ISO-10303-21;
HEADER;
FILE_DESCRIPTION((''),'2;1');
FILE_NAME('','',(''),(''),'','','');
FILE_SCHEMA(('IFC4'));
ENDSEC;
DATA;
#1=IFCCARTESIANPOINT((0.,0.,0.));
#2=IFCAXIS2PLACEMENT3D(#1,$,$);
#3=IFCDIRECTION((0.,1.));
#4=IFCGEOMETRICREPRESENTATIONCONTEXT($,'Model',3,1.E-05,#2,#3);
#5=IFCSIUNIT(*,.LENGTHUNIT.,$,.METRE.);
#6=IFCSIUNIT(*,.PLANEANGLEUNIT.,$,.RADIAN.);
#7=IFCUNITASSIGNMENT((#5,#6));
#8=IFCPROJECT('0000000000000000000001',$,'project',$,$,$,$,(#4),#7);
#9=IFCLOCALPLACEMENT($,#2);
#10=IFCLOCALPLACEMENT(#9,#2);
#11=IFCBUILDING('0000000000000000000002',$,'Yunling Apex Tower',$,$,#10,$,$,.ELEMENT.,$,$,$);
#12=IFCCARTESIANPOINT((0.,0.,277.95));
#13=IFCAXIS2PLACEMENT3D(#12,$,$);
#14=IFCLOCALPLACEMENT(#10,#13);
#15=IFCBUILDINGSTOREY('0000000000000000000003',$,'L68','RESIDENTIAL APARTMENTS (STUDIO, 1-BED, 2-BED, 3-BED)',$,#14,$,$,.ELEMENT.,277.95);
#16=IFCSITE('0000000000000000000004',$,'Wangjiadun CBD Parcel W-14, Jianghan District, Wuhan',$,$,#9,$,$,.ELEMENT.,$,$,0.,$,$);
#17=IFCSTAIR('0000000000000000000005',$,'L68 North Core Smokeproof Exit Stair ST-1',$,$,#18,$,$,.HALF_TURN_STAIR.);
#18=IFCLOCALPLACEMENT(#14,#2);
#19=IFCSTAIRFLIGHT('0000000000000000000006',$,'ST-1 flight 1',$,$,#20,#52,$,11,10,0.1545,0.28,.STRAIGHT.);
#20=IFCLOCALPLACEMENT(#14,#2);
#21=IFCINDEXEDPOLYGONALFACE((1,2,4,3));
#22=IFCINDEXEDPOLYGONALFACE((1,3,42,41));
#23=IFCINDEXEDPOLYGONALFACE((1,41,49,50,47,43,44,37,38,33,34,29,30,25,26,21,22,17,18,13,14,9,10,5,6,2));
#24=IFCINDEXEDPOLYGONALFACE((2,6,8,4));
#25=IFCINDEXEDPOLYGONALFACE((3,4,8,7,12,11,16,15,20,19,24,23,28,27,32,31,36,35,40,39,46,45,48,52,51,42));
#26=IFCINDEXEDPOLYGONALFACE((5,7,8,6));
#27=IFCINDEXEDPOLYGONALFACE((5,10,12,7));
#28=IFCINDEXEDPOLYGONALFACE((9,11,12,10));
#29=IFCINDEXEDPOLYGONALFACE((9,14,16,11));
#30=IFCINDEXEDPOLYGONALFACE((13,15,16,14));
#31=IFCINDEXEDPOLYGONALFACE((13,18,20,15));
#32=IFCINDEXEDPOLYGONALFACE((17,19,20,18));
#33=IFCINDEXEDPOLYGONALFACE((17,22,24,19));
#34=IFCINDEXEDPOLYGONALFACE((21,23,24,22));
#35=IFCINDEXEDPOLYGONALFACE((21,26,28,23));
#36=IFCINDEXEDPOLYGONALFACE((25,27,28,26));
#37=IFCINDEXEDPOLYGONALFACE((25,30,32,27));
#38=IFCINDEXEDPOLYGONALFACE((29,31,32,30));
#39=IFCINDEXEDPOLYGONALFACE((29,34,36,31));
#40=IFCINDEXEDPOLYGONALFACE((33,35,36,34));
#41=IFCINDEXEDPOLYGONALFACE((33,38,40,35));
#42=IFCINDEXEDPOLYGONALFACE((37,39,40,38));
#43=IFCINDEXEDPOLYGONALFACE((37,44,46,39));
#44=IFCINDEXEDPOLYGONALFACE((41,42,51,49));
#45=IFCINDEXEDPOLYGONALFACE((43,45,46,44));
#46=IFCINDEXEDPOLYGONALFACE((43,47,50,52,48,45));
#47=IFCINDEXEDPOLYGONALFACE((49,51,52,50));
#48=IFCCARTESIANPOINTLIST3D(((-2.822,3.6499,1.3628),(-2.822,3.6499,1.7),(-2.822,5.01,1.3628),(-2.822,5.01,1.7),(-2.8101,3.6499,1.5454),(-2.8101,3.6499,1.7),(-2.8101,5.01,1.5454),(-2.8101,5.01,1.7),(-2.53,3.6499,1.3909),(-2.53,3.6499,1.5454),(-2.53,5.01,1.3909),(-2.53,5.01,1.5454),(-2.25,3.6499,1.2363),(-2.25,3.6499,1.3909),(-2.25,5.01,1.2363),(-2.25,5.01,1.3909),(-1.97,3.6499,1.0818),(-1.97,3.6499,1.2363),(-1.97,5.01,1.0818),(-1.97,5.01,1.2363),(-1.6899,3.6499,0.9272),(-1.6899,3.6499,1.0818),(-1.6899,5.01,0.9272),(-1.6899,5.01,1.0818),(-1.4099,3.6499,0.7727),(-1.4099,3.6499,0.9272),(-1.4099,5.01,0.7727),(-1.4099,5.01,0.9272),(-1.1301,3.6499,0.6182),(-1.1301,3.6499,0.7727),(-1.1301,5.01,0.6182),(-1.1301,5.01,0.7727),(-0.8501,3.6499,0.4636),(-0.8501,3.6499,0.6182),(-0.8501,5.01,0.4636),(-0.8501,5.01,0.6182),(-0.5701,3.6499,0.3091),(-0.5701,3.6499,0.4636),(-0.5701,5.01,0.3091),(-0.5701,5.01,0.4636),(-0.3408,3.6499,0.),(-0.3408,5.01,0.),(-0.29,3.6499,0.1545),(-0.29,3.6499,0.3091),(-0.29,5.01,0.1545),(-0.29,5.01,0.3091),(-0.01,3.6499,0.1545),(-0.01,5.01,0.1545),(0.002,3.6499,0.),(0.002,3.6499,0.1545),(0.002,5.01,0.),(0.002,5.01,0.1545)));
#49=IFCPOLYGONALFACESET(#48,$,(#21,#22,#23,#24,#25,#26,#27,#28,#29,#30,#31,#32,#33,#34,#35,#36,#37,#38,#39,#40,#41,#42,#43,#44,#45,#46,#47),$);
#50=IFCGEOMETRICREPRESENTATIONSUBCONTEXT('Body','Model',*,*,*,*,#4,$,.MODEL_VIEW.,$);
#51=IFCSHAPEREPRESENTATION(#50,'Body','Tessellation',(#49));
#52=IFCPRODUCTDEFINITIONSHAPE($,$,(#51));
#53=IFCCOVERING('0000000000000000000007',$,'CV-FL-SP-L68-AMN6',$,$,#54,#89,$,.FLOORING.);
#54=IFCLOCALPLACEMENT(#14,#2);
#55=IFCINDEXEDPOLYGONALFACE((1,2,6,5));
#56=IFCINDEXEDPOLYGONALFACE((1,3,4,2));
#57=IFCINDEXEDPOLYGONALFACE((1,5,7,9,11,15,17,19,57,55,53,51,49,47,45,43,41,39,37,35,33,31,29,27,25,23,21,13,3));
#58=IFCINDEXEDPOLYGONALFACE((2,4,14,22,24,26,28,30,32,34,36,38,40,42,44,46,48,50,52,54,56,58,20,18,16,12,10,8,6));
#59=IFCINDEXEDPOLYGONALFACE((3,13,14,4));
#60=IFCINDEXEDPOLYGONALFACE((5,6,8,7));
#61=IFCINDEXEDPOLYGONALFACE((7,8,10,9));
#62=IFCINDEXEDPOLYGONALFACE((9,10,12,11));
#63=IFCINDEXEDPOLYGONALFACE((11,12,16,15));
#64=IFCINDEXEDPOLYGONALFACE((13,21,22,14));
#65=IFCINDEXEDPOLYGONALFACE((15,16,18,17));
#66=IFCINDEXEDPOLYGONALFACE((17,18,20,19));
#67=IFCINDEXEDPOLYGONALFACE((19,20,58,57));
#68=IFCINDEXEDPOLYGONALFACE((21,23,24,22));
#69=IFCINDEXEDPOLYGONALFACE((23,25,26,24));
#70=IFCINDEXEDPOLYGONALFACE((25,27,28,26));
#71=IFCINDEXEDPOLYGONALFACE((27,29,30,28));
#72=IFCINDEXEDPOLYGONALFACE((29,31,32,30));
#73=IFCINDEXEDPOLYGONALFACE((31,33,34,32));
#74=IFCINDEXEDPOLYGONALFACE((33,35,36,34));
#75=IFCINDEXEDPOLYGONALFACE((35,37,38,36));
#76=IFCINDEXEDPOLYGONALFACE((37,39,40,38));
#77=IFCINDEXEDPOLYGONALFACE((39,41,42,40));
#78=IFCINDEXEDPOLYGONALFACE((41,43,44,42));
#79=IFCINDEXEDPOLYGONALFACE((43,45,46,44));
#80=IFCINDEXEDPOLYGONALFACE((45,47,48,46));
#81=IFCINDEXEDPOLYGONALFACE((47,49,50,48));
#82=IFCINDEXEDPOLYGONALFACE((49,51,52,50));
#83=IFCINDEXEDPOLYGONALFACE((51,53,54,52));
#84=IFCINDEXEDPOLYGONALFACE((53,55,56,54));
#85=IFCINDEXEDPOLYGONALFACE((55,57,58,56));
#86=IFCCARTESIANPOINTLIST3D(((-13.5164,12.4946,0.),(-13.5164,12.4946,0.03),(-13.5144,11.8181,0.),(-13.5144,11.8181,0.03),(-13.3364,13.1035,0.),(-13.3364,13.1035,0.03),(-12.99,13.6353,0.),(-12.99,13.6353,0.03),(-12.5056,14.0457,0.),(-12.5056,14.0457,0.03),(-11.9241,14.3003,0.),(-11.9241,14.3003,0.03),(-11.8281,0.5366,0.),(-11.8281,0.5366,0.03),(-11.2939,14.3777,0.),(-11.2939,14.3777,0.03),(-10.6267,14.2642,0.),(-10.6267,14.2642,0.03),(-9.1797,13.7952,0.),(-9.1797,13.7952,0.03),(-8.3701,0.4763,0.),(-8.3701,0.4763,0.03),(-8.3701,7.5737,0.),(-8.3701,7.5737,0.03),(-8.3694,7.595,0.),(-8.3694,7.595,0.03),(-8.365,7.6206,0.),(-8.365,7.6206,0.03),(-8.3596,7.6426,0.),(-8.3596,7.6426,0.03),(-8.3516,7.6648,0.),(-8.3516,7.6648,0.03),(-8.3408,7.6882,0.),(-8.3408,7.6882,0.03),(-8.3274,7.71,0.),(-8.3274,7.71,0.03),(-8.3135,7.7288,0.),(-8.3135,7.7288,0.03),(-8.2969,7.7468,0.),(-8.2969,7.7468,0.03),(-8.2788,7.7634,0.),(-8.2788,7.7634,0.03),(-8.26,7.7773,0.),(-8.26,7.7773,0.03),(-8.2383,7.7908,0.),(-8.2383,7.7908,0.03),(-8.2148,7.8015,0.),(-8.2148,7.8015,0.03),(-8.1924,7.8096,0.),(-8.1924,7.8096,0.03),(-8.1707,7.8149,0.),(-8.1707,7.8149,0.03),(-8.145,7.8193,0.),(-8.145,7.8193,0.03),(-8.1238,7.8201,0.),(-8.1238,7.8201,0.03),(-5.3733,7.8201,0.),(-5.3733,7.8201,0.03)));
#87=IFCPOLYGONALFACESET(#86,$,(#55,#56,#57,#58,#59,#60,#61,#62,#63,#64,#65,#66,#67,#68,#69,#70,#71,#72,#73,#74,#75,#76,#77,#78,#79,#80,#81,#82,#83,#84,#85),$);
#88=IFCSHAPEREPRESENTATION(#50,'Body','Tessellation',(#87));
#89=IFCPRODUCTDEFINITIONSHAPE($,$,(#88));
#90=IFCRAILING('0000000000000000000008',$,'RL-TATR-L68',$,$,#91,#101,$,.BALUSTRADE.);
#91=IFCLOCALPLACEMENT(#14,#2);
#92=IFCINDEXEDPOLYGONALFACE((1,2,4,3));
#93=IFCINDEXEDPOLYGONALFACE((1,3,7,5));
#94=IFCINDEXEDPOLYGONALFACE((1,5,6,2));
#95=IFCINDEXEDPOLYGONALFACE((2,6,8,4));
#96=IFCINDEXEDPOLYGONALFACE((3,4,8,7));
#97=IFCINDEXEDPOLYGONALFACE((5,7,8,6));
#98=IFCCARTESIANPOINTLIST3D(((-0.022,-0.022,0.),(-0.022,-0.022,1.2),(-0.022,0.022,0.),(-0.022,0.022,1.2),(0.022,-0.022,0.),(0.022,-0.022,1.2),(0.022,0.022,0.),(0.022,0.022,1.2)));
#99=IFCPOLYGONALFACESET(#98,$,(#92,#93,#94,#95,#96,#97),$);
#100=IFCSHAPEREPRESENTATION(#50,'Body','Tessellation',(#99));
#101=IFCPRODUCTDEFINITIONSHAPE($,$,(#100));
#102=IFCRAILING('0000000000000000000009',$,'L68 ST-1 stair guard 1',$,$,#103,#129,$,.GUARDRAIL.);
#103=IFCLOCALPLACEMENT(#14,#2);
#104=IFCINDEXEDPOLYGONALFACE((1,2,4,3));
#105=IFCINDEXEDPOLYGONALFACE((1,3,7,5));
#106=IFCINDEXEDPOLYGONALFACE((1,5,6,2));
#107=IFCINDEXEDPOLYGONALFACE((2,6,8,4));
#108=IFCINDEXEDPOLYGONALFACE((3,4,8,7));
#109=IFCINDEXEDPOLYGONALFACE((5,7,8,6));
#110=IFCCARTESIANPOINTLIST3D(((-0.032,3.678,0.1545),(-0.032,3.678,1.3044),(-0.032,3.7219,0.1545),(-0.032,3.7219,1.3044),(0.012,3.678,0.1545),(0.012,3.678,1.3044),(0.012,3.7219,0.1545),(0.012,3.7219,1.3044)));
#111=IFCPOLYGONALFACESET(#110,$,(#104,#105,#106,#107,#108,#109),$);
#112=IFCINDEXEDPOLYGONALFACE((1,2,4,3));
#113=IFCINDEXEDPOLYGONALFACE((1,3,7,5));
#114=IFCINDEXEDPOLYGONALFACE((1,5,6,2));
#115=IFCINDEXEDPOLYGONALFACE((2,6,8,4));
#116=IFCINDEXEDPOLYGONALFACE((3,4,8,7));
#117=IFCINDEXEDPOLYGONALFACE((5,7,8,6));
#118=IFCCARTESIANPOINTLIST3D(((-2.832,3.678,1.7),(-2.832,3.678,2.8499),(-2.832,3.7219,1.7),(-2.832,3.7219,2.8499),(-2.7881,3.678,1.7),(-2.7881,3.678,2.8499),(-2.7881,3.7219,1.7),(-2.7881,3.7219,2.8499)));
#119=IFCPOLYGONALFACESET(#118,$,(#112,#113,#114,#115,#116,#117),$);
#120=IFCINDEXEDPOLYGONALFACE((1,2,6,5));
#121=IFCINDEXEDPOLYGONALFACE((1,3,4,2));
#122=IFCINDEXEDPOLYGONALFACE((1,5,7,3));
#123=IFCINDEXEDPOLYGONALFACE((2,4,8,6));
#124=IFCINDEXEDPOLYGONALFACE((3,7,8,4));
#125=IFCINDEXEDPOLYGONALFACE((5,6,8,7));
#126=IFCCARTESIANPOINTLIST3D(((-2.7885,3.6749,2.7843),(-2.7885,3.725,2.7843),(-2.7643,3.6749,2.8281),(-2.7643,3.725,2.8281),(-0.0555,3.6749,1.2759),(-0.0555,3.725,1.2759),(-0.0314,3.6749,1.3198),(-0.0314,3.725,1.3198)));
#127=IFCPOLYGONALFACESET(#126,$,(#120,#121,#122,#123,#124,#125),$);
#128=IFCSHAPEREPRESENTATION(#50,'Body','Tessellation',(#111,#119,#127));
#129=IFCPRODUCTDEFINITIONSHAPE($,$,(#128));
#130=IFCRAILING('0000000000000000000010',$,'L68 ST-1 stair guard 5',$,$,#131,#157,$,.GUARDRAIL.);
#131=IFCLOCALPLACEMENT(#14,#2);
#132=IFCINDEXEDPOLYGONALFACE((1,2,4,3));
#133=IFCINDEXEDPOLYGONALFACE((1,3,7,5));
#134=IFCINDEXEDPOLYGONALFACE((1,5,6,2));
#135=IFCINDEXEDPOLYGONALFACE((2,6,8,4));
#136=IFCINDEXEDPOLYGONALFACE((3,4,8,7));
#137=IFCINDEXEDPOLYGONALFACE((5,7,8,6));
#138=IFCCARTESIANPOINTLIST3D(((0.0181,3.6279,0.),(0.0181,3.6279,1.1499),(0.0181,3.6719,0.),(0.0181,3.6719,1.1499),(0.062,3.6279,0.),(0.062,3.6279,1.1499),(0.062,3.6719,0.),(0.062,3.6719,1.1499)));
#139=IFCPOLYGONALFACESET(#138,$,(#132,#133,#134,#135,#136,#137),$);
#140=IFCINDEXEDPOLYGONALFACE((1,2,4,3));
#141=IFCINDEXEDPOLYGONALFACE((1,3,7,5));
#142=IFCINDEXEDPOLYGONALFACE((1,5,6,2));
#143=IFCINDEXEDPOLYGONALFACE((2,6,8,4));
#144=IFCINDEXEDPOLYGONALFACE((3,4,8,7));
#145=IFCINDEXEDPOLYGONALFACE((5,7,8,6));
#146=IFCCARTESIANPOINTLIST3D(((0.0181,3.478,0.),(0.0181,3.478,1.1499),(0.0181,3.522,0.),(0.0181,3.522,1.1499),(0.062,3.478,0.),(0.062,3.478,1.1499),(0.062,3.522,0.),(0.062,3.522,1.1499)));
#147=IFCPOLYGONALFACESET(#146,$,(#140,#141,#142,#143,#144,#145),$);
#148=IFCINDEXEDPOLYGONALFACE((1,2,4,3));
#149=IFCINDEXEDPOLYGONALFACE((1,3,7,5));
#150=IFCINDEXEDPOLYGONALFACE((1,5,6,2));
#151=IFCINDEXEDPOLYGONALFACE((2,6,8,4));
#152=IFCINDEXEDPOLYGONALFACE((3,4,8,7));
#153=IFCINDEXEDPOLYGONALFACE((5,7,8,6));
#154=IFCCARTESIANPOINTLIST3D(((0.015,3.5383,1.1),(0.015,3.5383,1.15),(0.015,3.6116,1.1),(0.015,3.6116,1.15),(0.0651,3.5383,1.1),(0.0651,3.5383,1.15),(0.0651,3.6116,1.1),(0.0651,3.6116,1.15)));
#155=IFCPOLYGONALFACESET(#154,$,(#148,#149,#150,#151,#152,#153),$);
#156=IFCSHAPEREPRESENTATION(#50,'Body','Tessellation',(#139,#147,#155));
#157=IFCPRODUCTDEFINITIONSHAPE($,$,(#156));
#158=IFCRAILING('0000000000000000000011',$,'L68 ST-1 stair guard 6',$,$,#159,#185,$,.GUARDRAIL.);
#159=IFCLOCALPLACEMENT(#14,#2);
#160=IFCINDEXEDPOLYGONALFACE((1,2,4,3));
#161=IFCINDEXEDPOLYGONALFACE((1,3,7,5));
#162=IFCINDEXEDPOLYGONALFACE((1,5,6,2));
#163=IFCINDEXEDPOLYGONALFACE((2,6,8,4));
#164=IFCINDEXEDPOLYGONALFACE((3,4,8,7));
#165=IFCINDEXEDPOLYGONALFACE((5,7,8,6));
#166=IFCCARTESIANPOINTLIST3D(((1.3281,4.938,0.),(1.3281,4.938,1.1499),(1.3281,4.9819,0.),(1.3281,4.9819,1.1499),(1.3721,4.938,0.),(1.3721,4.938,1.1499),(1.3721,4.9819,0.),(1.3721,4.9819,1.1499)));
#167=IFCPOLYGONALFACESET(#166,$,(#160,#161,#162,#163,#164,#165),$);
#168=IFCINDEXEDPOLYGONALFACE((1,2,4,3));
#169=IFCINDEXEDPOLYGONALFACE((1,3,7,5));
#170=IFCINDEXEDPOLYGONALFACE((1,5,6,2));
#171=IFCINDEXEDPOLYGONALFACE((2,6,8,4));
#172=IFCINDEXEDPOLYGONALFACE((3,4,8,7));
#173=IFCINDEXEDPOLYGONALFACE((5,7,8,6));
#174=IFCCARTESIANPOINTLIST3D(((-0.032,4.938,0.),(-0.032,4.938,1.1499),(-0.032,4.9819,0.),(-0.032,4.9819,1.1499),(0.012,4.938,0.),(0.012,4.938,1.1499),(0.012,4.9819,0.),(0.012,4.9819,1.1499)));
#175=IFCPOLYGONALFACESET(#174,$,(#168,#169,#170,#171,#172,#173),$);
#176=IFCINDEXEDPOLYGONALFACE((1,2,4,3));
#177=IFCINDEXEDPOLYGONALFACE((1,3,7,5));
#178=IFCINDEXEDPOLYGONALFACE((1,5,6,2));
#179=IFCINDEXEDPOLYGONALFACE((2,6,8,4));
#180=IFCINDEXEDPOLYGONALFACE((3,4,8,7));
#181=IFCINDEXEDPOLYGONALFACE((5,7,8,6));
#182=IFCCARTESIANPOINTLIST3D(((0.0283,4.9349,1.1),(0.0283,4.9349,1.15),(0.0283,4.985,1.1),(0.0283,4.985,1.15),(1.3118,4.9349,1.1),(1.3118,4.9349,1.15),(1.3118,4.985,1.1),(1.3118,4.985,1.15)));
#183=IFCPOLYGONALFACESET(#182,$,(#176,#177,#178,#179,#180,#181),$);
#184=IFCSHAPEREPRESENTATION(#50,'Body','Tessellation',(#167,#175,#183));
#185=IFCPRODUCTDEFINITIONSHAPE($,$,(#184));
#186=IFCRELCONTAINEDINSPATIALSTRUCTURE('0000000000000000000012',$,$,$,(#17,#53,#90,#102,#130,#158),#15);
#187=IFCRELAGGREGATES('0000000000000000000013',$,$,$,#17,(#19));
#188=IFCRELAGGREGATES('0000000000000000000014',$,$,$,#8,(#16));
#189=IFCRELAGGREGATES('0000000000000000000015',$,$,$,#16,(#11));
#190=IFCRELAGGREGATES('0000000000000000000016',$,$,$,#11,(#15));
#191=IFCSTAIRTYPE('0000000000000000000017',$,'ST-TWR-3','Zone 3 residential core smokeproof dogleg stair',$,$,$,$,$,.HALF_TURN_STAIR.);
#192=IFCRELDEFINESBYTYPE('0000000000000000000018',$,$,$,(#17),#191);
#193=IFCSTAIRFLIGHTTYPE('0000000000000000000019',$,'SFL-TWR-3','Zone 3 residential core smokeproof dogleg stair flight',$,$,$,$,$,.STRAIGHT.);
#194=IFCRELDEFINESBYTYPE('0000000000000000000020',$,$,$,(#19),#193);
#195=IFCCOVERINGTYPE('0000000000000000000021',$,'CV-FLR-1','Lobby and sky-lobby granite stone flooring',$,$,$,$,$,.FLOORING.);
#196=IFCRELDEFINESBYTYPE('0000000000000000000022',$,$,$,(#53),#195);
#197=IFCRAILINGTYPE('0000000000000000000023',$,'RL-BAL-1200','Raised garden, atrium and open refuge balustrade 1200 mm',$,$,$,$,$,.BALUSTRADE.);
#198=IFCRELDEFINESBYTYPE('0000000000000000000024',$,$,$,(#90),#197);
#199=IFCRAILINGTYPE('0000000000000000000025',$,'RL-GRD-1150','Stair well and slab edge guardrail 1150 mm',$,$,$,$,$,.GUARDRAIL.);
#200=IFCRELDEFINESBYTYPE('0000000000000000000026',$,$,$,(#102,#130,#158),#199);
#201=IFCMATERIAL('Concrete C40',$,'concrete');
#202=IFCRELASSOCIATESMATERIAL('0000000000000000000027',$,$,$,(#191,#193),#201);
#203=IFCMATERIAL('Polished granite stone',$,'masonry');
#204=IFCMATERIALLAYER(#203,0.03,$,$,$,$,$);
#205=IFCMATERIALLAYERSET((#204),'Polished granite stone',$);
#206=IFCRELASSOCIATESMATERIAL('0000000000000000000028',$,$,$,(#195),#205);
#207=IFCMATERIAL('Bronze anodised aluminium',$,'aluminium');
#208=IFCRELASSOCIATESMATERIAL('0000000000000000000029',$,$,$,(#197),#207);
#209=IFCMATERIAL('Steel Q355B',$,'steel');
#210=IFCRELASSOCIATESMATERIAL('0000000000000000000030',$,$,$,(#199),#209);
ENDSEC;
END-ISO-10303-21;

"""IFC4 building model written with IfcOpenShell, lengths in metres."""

from ifc_helpers import new_model, si_unit, direction, frame, origin, origin_2d, place, context, subcontext, project, spatial, polyline, rectangle, outline, extrude, material, layer, layer_set, type_object, element, aggregate, save


model = new_model("IFC4")

# Units and contexts
model_context = context("Model", 3, precision=1e-05, world=origin(), true_north=direction((0.0, 1.0)))
body_context = subcontext(model_context, "Body", "Model", "MODEL_VIEW")
ifc_project = project(units=[si_unit("LENGTHUNIT", "METRE"), si_unit("PLANEANGLEUNIT", "RADIAN")], contexts=[model_context])

# Site, building, storey
site_placement = place(None, origin())
site = spatial("IfcSite", under=ifc_project, at=site_placement, Name="Wangjiadun CBD Parcel W-14, Jianghan District, Wuhan", CompositionType="ELEMENT", RefElevation=0.0)
building_placement = place(site_placement, origin())
building = spatial("IfcBuilding", under=site, at=building_placement, Name="Yunling Apex Tower", CompositionType="ELEMENT")
storey_placement = place(building_placement, frame((0.0, 0.0, 277.95)))
storey = spatial("IfcBuildingStorey", under=building, at=storey_placement, Name="L68", Description="RESIDENTIAL APARTMENTS (STUDIO, 1-BED, 2-BED, 3-BED)", CompositionType="ELEMENT", Elevation=277.95)

# Shared definitions
ifc_material_1 = material(Name="Steel Q355B", Category="steel")

# Shared definitions
ifc_material_2 = material(Name="Bronze anodised aluminium", Category="aluminium")

# Shared definitions
ifc_material_3 = material(Name="Concrete C40", Category="concrete")

# Stair, stair flight
stair_type = type_object("IfcStairType", Name="ST-TWR-3", Description="Zone 3 residential core smokeproof dogleg stair", PredefinedType="HALF_TURN_STAIR", material=ifc_material_3)
stair_placement = place(storey_placement, origin())
stair = element("IfcStair", 1, at=stair_placement, inside=storey, type_object=stair_type, Name="L68 North Core Smokeproof Exit Stair ST-1", PredefinedType="HALF_TURN_STAIR")
stair_flight_type = type_object("IfcStairFlightType", Name="SFL-TWR-3", Description="Zone 3 residential core smokeproof dogleg stair flight", PredefinedType="STRAIGHT", material=ifc_material_3)
stair_flight_placement = place(storey_placement, frame((-0.01, 4.3301, 0.0), z_axis=(0.0, 0.0, 1.0), x_axis=(-1.0, 0.0, 0.0)))
stair_flight = element("IfcStairFlight", 2, at=stair_flight_placement, type_object=stair_flight_type, Name="ST-1 flight 1", NumberOfRisers=11, NumberOfTreads=10, PredefinedType="STRAIGHT", RiserHeight=0.1545, TreadLength=0.28, context=body_context, shape_type="SweptSolid", body=[
    extrude(outline(polyline([(-0.012, 0.0), (-0.012, 0.1545), (0.0, 0.1545), (0.28, 0.1545), (0.28, 0.3091), (0.5601, 0.3091), (0.5601, 0.4636), (0.8401, 0.4636), (0.8401, 0.6182), (1.1201, 0.6182), (1.1201, 0.7727), (1.3999, 0.7727), (1.3999, 0.9272), (1.6799, 0.9272), (1.6799, 1.0818), (1.96, 1.0818), (1.96, 1.2363), (2.24, 1.2363), (2.24, 1.3909), (2.52, 1.3909), (2.52, 1.5454), (2.8, 1.5454), (2.8, 1.7), (2.812, 1.7), (2.812, 1.3628), (0.3308, 0.0), (-0.012, 0.0)])), frame((0.0, 0.6802, 0.0), z_axis=(0.0, -1.0, 0.0), x_axis=(1.0, 0.0, 0.0)), (0.0, 0.0, 1.0), 1.3601),
])
aggregate(stair, [stair_flight])

# Covering
ifc_material_4 = material(Name="Polished granite stone", Category="masonry")
ifc_layer_1 = layer(ifc_material_4, 0.03)
ifc_layer_set_1 = layer_set([ifc_layer_1], Name="Polished granite stone")
covering_type = type_object("IfcCoveringType", Name="CV-FLR-1", Description="Lobby and sky-lobby granite stone flooring", PredefinedType="FLOORING", material=ifc_layer_set_1)
covering_placement = place(storey_placement, origin())
element("IfcCovering", 3, at=covering_placement, inside=storey, type_object=covering_type, Name="CV-FL-SP-L68-AMN6", PredefinedType="FLOORING", context=body_context, shape_type="SweptSolid", body=[
    extrude(outline(polyline([(-13.5164, 12.4946), (-13.3364, 13.1035), (-12.99, 13.6353), (-12.5056, 14.0457), (-11.9241, 14.3003), (-11.2939, 14.3777), (-10.6267, 14.2642), (-9.1797, 13.7952), (-5.3733, 7.8201), (-8.1238, 7.8201), (-8.145, 7.8193), (-8.1707, 7.8149), (-8.1924, 7.8096), (-8.2148, 7.8015), (-8.2383, 7.7908), (-8.26, 7.7773), (-8.2788, 7.7634), (-8.2969, 7.7468), (-8.3135, 7.7288), (-8.3274, 7.71), (-8.3408, 7.6882), (-8.3516, 7.6648), (-8.3596, 7.6426), (-8.365, 7.6206), (-8.3694, 7.595), (-8.3701, 7.5737), (-8.3701, 0.4763), (-11.8281, 0.5366), (-13.5144, 11.8181), (-13.5164, 12.4946)])), origin(), (0.0, 0.0, 1.0), 0.03),
])

# Railings
railing_type_1 = type_object("IfcRailingType", Name="RL-BAL-1200", Description="Raised garden, atrium and open refuge balustrade 1200 mm", PredefinedType="BALUSTRADE", material=ifc_material_2)
railing_1_placement = place(storey_placement, origin())
element("IfcRailing", 4, at=railing_1_placement, inside=storey, type_object=railing_type_1, Name="RL-TATR-L68", PredefinedType="BALUSTRADE", context=body_context, shape_type="SweptSolid", body=[
    extrude(rectangle(XDim=0.0439, YDim=0.0439, at=origin_2d()), origin(), (0.0, 0.0, 1.0), 1.2),
])
railing_type_2 = type_object("IfcRailingType", Name="RL-GRD-1150", Description="Stair well and slab edge guardrail 1150 mm", PredefinedType="GUARDRAIL", material=ifc_material_1)
railing_2_placement = place(storey_placement, frame((-0.01, 3.7, 0.1545)))
element("IfcRailing", 5, at=railing_2_placement, inside=storey, type_object=railing_type_2, Name="L68 ST-1 stair guard 1", PredefinedType="GUARDRAIL", context=body_context, shape_type="SweptSolid", body=[
    extrude(rectangle(XDim=0.0439, YDim=0.0439, at=origin_2d()), origin(), (0.0, 0.0, 1.0), 1.1499),
    extrude(rectangle(XDim=0.0439, YDim=0.0439, at=origin_2d()), frame((-2.8, 0.0, 1.5454)), (0.0, 0.0, 1.0), 1.1499),
    extrude(rectangle(XDim=0.05, YDim=0.05, at=origin_2d()), frame((-0.0334, 0.0, 1.1433), z_axis=(-0.875504, 0.0, 0.483211), x_axis=(0.0, -1.0, 0.0)), (0.0, 0.0, 1.0), 3.1216),
])
railing_3_placement = place(storey_placement, frame((0.04, 3.6499, 0.0)))
element("IfcRailing", 6, at=railing_3_placement, inside=storey, type_object=railing_type_2, Name="L68 ST-1 stair guard 5", PredefinedType="GUARDRAIL", context=body_context, shape_type="SweptSolid", body=[
    extrude(rectangle(XDim=0.0439, YDim=0.0439, at=origin_2d()), origin(), (0.0, 0.0, 1.0), 1.1499),
    extrude(rectangle(XDim=0.0439, YDim=0.0439, at=origin_2d()), frame((0.0, -0.1499, 0.0)), (0.0, 0.0, 1.0), 1.1499),
    extrude(rectangle(XDim=0.05, YDim=0.05, at=origin_2d()), frame((0.0, -0.0383, 1.125), z_axis=(0.0, -1.0, 0.0), x_axis=(1.0, 0.0, 0.0)), (0.0, 0.0, 1.0), 0.0732),
])
railing_4_placement = place(storey_placement, frame((1.3501, 4.96, 0.0)))
element("IfcRailing", 7, at=railing_4_placement, inside=storey, type_object=railing_type_2, Name="L68 ST-1 stair guard 6", PredefinedType="GUARDRAIL", context=body_context, shape_type="SweptSolid", body=[
    extrude(rectangle(XDim=0.0439, YDim=0.0439, at=origin_2d()), origin(), (0.0, 0.0, 1.0), 1.1499),
    extrude(rectangle(XDim=0.0439, YDim=0.0439, at=origin_2d()), frame((-1.3601, 0.0, 0.0)), (0.0, 0.0, 1.0), 1.1499),
    extrude(rectangle(XDim=0.05, YDim=0.05, at=origin_2d()), frame((-0.0383, 0.0, 1.125), z_axis=(-1.0, 0.0, 0.0), x_axis=(0.0, -1.0, 0.0)), (0.0, 0.0, 1.0), 1.2834),
])

save(model, "model.ifc")
